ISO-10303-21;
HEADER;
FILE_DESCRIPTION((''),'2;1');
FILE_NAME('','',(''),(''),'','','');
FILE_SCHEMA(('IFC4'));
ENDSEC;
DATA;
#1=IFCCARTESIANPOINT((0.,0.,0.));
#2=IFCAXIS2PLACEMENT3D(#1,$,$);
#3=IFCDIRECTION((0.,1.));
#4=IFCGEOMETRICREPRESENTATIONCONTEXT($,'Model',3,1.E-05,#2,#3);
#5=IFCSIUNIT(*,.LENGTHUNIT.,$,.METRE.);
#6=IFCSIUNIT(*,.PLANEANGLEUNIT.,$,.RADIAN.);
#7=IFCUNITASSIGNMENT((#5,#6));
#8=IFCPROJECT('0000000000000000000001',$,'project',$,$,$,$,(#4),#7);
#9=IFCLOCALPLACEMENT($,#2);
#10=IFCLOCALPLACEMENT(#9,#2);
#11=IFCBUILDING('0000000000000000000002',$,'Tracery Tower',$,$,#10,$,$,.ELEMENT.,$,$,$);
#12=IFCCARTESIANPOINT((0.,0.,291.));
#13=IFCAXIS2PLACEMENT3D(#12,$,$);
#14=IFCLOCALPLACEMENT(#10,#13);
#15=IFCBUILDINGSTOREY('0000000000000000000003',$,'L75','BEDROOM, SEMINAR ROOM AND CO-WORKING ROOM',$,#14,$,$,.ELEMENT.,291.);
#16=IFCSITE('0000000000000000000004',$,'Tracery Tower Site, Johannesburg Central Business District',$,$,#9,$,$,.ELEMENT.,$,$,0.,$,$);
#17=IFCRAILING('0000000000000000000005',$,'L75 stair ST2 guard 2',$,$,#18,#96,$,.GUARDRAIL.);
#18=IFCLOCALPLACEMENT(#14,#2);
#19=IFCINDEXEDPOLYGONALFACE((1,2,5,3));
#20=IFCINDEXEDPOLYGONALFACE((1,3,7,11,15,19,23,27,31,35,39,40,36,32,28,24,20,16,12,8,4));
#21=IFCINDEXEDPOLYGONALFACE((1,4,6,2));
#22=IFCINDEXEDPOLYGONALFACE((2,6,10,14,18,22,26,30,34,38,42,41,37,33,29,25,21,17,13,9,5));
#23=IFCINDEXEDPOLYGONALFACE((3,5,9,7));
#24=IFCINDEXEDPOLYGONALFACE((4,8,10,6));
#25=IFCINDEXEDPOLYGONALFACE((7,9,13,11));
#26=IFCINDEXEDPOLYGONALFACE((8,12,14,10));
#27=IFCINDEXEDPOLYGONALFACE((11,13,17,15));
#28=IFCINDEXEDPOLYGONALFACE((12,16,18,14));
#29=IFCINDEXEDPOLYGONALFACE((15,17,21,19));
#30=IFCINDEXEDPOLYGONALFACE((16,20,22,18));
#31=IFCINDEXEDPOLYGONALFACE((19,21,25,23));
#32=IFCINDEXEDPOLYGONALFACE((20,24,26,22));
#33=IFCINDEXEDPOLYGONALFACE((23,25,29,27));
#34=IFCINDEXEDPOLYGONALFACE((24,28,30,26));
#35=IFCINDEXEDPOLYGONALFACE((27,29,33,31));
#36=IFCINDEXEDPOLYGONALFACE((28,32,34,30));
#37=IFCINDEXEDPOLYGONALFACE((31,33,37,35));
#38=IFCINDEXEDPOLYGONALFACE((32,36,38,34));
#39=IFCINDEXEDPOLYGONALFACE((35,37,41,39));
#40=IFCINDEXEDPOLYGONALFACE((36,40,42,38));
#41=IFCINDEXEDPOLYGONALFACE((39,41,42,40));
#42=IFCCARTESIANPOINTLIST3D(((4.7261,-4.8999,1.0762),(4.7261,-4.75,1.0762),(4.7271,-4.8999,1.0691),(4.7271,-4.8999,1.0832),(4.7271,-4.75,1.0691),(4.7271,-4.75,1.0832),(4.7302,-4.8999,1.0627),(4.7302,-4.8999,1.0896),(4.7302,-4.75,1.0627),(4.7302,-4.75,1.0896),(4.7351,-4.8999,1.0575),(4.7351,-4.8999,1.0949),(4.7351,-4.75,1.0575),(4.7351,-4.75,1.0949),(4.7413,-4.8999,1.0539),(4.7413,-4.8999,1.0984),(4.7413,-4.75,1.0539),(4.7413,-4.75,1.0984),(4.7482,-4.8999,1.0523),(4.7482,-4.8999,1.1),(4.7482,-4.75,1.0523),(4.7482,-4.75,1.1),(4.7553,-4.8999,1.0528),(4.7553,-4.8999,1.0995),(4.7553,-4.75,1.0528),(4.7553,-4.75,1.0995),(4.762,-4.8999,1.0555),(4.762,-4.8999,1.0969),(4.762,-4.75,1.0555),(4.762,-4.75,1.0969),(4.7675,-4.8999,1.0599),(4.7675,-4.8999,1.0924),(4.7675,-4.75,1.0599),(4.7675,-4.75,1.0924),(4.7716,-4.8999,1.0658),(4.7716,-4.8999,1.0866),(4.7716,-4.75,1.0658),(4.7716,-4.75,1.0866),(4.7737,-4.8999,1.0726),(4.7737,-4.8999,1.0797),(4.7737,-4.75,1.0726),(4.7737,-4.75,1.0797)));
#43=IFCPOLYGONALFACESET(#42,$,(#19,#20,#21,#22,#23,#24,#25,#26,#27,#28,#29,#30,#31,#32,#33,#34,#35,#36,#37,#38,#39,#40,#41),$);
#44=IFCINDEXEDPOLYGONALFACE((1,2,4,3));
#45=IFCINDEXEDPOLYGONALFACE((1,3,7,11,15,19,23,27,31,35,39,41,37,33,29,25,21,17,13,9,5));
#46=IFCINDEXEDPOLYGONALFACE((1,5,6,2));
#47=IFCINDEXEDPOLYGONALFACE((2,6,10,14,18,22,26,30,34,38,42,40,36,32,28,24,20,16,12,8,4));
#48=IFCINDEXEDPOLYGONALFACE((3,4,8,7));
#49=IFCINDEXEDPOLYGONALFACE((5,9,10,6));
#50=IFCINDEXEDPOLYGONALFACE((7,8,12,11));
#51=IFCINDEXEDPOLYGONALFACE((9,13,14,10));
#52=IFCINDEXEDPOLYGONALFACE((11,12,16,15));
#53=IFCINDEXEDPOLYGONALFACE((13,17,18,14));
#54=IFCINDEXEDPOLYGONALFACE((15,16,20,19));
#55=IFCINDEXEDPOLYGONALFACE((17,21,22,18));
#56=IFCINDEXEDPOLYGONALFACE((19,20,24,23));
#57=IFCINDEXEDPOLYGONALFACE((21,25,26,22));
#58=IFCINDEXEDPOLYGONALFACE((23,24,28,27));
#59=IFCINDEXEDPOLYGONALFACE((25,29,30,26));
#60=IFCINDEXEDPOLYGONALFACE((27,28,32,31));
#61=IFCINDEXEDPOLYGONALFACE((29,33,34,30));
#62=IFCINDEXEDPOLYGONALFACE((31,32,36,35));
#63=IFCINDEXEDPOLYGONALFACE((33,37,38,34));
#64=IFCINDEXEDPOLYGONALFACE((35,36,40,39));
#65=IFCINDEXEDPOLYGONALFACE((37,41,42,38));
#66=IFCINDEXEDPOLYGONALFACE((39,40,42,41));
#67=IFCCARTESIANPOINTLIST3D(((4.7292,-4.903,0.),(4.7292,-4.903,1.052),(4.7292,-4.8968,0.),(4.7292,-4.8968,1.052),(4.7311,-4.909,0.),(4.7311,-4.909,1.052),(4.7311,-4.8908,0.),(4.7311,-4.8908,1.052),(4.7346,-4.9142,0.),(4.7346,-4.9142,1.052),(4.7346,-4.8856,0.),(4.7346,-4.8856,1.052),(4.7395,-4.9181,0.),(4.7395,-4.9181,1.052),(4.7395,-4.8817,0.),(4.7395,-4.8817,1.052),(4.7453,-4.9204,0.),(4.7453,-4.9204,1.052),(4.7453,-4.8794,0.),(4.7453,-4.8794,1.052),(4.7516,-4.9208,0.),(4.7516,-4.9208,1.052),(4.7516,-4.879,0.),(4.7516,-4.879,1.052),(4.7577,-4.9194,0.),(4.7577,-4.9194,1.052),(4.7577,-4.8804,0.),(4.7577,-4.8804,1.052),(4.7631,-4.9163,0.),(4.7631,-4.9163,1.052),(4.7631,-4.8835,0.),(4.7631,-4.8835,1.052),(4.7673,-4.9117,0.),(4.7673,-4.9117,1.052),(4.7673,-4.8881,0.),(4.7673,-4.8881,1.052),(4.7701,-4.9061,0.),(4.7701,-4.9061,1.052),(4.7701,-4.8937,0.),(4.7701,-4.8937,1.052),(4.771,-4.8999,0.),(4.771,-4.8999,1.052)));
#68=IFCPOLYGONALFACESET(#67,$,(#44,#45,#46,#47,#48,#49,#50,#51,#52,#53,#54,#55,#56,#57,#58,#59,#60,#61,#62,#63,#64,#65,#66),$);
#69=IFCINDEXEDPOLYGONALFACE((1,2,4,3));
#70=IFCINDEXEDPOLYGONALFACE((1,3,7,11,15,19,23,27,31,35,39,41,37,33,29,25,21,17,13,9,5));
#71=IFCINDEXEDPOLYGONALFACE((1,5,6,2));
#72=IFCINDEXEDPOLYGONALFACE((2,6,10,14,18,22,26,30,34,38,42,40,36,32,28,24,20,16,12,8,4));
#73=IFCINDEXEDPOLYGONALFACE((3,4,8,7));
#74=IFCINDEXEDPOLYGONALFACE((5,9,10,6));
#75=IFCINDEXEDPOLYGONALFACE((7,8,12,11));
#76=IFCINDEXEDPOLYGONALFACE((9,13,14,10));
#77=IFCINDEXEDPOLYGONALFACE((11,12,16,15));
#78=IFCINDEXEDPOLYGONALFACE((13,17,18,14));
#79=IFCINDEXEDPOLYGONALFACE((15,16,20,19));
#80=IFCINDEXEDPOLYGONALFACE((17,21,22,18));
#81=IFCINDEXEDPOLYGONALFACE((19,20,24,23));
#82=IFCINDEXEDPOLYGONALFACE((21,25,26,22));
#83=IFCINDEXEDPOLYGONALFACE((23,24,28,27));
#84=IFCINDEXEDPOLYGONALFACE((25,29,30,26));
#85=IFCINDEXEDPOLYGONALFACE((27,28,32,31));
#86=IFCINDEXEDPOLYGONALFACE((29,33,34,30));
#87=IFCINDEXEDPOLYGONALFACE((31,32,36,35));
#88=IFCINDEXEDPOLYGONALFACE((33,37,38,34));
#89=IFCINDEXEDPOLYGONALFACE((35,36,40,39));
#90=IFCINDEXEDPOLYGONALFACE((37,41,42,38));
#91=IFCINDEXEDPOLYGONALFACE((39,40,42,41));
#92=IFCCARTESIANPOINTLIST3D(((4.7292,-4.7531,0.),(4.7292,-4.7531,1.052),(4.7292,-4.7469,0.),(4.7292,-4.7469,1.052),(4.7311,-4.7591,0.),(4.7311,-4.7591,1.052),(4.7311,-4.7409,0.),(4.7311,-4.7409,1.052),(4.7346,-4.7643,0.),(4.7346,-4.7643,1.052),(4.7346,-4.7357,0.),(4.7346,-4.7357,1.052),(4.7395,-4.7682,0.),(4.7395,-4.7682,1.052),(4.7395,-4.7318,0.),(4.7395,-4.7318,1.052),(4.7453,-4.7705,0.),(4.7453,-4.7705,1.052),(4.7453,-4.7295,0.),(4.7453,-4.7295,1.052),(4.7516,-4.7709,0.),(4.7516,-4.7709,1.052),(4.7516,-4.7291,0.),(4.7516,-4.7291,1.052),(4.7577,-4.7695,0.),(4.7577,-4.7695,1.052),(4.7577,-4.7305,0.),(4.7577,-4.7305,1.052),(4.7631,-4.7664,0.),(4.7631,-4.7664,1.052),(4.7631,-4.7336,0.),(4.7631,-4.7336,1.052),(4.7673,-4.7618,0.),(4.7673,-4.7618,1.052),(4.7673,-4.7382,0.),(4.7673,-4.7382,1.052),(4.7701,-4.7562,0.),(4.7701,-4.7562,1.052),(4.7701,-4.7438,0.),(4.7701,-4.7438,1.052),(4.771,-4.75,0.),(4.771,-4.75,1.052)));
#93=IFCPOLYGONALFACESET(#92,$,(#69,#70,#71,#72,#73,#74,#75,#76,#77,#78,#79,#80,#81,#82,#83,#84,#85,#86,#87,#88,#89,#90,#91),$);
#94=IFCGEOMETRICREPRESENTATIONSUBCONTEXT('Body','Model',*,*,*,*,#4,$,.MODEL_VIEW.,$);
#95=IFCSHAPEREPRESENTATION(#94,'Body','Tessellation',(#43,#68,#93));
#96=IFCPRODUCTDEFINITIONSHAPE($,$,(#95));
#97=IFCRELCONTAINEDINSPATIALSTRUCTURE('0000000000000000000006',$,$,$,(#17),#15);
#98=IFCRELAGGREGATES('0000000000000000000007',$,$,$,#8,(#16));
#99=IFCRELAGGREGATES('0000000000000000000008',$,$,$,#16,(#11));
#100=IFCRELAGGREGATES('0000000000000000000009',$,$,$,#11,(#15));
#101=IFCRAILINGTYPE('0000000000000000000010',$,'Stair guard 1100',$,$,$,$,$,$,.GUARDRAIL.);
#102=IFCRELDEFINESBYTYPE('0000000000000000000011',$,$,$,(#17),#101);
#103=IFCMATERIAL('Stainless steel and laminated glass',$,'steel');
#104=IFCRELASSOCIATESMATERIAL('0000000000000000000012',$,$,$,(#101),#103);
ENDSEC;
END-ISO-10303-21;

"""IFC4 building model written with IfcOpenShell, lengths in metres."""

from ifc_helpers import new_model, si_unit, direction, frame, origin, origin_2d, place, context, subcontext, project, spatial, circle, extrude, material, type_object, element, save


model = new_model("IFC4")

# Units and contexts
model_context = context("Model", 3, precision=1e-05, world=origin(), true_north=direction((0.0, 1.0)))
body_context = subcontext(model_context, "Body", "Model", "MODEL_VIEW")
ifc_project = project(units=[si_unit("LENGTHUNIT", "METRE"), si_unit("PLANEANGLEUNIT", "RADIAN")], contexts=[model_context])

# Site, building, storey
site_placement = place(None, origin())
site = spatial("IfcSite", under=ifc_project, at=site_placement, Name="Tracery Tower Site, Johannesburg Central Business District", CompositionType="ELEMENT", RefElevation=0.0)
building_placement = place(site_placement, origin())
building = spatial("IfcBuilding", under=site, at=building_placement, Name="Tracery Tower", CompositionType="ELEMENT")
storey_placement = place(building_placement, frame((0.0, 0.0, 291.0)))
storey = spatial("IfcBuildingStorey", under=building, at=storey_placement, Name="L75", Description="BEDROOM, SEMINAR ROOM AND CO-WORKING ROOM", CompositionType="ELEMENT", Elevation=291.0)

# Railing
ifc_material_1 = material(Name="Stainless steel and laminated glass", Category="steel")
railing_type_1 = type_object("IfcRailingType", Name="Stair guard 1100", PredefinedType="GUARDRAIL", material=ifc_material_1)
railing_1_placement = place(storey_placement, frame((4.75, -4.8999, 0.0)))
element("IfcRailing", 1, at=railing_1_placement, inside=storey, type_object=railing_type_1, Name="L75 stair ST2 guard 2", PredefinedType="GUARDRAIL", context=body_context, shape_type="SweptSolid", body=[
    extrude(circle(Radius=0.0239, at=origin_2d()), frame((0.0, 0.0, 1.0762), z_axis=(0.0, 1.0, 0.0), x_axis=(-1.0, 0.0, 0.0)), (0.0, 0.0, 1.0), 0.1499),
    extrude(circle(Radius=0.021, at=origin_2d()), origin(), (0.0, 0.0, 1.0), 1.052),
    extrude(circle(Radius=0.021, at=origin_2d()), frame((0.0, 0.1499, 0.0)), (0.0, 0.0, 1.0), 1.052),
])

save(model, "model.ifc")
